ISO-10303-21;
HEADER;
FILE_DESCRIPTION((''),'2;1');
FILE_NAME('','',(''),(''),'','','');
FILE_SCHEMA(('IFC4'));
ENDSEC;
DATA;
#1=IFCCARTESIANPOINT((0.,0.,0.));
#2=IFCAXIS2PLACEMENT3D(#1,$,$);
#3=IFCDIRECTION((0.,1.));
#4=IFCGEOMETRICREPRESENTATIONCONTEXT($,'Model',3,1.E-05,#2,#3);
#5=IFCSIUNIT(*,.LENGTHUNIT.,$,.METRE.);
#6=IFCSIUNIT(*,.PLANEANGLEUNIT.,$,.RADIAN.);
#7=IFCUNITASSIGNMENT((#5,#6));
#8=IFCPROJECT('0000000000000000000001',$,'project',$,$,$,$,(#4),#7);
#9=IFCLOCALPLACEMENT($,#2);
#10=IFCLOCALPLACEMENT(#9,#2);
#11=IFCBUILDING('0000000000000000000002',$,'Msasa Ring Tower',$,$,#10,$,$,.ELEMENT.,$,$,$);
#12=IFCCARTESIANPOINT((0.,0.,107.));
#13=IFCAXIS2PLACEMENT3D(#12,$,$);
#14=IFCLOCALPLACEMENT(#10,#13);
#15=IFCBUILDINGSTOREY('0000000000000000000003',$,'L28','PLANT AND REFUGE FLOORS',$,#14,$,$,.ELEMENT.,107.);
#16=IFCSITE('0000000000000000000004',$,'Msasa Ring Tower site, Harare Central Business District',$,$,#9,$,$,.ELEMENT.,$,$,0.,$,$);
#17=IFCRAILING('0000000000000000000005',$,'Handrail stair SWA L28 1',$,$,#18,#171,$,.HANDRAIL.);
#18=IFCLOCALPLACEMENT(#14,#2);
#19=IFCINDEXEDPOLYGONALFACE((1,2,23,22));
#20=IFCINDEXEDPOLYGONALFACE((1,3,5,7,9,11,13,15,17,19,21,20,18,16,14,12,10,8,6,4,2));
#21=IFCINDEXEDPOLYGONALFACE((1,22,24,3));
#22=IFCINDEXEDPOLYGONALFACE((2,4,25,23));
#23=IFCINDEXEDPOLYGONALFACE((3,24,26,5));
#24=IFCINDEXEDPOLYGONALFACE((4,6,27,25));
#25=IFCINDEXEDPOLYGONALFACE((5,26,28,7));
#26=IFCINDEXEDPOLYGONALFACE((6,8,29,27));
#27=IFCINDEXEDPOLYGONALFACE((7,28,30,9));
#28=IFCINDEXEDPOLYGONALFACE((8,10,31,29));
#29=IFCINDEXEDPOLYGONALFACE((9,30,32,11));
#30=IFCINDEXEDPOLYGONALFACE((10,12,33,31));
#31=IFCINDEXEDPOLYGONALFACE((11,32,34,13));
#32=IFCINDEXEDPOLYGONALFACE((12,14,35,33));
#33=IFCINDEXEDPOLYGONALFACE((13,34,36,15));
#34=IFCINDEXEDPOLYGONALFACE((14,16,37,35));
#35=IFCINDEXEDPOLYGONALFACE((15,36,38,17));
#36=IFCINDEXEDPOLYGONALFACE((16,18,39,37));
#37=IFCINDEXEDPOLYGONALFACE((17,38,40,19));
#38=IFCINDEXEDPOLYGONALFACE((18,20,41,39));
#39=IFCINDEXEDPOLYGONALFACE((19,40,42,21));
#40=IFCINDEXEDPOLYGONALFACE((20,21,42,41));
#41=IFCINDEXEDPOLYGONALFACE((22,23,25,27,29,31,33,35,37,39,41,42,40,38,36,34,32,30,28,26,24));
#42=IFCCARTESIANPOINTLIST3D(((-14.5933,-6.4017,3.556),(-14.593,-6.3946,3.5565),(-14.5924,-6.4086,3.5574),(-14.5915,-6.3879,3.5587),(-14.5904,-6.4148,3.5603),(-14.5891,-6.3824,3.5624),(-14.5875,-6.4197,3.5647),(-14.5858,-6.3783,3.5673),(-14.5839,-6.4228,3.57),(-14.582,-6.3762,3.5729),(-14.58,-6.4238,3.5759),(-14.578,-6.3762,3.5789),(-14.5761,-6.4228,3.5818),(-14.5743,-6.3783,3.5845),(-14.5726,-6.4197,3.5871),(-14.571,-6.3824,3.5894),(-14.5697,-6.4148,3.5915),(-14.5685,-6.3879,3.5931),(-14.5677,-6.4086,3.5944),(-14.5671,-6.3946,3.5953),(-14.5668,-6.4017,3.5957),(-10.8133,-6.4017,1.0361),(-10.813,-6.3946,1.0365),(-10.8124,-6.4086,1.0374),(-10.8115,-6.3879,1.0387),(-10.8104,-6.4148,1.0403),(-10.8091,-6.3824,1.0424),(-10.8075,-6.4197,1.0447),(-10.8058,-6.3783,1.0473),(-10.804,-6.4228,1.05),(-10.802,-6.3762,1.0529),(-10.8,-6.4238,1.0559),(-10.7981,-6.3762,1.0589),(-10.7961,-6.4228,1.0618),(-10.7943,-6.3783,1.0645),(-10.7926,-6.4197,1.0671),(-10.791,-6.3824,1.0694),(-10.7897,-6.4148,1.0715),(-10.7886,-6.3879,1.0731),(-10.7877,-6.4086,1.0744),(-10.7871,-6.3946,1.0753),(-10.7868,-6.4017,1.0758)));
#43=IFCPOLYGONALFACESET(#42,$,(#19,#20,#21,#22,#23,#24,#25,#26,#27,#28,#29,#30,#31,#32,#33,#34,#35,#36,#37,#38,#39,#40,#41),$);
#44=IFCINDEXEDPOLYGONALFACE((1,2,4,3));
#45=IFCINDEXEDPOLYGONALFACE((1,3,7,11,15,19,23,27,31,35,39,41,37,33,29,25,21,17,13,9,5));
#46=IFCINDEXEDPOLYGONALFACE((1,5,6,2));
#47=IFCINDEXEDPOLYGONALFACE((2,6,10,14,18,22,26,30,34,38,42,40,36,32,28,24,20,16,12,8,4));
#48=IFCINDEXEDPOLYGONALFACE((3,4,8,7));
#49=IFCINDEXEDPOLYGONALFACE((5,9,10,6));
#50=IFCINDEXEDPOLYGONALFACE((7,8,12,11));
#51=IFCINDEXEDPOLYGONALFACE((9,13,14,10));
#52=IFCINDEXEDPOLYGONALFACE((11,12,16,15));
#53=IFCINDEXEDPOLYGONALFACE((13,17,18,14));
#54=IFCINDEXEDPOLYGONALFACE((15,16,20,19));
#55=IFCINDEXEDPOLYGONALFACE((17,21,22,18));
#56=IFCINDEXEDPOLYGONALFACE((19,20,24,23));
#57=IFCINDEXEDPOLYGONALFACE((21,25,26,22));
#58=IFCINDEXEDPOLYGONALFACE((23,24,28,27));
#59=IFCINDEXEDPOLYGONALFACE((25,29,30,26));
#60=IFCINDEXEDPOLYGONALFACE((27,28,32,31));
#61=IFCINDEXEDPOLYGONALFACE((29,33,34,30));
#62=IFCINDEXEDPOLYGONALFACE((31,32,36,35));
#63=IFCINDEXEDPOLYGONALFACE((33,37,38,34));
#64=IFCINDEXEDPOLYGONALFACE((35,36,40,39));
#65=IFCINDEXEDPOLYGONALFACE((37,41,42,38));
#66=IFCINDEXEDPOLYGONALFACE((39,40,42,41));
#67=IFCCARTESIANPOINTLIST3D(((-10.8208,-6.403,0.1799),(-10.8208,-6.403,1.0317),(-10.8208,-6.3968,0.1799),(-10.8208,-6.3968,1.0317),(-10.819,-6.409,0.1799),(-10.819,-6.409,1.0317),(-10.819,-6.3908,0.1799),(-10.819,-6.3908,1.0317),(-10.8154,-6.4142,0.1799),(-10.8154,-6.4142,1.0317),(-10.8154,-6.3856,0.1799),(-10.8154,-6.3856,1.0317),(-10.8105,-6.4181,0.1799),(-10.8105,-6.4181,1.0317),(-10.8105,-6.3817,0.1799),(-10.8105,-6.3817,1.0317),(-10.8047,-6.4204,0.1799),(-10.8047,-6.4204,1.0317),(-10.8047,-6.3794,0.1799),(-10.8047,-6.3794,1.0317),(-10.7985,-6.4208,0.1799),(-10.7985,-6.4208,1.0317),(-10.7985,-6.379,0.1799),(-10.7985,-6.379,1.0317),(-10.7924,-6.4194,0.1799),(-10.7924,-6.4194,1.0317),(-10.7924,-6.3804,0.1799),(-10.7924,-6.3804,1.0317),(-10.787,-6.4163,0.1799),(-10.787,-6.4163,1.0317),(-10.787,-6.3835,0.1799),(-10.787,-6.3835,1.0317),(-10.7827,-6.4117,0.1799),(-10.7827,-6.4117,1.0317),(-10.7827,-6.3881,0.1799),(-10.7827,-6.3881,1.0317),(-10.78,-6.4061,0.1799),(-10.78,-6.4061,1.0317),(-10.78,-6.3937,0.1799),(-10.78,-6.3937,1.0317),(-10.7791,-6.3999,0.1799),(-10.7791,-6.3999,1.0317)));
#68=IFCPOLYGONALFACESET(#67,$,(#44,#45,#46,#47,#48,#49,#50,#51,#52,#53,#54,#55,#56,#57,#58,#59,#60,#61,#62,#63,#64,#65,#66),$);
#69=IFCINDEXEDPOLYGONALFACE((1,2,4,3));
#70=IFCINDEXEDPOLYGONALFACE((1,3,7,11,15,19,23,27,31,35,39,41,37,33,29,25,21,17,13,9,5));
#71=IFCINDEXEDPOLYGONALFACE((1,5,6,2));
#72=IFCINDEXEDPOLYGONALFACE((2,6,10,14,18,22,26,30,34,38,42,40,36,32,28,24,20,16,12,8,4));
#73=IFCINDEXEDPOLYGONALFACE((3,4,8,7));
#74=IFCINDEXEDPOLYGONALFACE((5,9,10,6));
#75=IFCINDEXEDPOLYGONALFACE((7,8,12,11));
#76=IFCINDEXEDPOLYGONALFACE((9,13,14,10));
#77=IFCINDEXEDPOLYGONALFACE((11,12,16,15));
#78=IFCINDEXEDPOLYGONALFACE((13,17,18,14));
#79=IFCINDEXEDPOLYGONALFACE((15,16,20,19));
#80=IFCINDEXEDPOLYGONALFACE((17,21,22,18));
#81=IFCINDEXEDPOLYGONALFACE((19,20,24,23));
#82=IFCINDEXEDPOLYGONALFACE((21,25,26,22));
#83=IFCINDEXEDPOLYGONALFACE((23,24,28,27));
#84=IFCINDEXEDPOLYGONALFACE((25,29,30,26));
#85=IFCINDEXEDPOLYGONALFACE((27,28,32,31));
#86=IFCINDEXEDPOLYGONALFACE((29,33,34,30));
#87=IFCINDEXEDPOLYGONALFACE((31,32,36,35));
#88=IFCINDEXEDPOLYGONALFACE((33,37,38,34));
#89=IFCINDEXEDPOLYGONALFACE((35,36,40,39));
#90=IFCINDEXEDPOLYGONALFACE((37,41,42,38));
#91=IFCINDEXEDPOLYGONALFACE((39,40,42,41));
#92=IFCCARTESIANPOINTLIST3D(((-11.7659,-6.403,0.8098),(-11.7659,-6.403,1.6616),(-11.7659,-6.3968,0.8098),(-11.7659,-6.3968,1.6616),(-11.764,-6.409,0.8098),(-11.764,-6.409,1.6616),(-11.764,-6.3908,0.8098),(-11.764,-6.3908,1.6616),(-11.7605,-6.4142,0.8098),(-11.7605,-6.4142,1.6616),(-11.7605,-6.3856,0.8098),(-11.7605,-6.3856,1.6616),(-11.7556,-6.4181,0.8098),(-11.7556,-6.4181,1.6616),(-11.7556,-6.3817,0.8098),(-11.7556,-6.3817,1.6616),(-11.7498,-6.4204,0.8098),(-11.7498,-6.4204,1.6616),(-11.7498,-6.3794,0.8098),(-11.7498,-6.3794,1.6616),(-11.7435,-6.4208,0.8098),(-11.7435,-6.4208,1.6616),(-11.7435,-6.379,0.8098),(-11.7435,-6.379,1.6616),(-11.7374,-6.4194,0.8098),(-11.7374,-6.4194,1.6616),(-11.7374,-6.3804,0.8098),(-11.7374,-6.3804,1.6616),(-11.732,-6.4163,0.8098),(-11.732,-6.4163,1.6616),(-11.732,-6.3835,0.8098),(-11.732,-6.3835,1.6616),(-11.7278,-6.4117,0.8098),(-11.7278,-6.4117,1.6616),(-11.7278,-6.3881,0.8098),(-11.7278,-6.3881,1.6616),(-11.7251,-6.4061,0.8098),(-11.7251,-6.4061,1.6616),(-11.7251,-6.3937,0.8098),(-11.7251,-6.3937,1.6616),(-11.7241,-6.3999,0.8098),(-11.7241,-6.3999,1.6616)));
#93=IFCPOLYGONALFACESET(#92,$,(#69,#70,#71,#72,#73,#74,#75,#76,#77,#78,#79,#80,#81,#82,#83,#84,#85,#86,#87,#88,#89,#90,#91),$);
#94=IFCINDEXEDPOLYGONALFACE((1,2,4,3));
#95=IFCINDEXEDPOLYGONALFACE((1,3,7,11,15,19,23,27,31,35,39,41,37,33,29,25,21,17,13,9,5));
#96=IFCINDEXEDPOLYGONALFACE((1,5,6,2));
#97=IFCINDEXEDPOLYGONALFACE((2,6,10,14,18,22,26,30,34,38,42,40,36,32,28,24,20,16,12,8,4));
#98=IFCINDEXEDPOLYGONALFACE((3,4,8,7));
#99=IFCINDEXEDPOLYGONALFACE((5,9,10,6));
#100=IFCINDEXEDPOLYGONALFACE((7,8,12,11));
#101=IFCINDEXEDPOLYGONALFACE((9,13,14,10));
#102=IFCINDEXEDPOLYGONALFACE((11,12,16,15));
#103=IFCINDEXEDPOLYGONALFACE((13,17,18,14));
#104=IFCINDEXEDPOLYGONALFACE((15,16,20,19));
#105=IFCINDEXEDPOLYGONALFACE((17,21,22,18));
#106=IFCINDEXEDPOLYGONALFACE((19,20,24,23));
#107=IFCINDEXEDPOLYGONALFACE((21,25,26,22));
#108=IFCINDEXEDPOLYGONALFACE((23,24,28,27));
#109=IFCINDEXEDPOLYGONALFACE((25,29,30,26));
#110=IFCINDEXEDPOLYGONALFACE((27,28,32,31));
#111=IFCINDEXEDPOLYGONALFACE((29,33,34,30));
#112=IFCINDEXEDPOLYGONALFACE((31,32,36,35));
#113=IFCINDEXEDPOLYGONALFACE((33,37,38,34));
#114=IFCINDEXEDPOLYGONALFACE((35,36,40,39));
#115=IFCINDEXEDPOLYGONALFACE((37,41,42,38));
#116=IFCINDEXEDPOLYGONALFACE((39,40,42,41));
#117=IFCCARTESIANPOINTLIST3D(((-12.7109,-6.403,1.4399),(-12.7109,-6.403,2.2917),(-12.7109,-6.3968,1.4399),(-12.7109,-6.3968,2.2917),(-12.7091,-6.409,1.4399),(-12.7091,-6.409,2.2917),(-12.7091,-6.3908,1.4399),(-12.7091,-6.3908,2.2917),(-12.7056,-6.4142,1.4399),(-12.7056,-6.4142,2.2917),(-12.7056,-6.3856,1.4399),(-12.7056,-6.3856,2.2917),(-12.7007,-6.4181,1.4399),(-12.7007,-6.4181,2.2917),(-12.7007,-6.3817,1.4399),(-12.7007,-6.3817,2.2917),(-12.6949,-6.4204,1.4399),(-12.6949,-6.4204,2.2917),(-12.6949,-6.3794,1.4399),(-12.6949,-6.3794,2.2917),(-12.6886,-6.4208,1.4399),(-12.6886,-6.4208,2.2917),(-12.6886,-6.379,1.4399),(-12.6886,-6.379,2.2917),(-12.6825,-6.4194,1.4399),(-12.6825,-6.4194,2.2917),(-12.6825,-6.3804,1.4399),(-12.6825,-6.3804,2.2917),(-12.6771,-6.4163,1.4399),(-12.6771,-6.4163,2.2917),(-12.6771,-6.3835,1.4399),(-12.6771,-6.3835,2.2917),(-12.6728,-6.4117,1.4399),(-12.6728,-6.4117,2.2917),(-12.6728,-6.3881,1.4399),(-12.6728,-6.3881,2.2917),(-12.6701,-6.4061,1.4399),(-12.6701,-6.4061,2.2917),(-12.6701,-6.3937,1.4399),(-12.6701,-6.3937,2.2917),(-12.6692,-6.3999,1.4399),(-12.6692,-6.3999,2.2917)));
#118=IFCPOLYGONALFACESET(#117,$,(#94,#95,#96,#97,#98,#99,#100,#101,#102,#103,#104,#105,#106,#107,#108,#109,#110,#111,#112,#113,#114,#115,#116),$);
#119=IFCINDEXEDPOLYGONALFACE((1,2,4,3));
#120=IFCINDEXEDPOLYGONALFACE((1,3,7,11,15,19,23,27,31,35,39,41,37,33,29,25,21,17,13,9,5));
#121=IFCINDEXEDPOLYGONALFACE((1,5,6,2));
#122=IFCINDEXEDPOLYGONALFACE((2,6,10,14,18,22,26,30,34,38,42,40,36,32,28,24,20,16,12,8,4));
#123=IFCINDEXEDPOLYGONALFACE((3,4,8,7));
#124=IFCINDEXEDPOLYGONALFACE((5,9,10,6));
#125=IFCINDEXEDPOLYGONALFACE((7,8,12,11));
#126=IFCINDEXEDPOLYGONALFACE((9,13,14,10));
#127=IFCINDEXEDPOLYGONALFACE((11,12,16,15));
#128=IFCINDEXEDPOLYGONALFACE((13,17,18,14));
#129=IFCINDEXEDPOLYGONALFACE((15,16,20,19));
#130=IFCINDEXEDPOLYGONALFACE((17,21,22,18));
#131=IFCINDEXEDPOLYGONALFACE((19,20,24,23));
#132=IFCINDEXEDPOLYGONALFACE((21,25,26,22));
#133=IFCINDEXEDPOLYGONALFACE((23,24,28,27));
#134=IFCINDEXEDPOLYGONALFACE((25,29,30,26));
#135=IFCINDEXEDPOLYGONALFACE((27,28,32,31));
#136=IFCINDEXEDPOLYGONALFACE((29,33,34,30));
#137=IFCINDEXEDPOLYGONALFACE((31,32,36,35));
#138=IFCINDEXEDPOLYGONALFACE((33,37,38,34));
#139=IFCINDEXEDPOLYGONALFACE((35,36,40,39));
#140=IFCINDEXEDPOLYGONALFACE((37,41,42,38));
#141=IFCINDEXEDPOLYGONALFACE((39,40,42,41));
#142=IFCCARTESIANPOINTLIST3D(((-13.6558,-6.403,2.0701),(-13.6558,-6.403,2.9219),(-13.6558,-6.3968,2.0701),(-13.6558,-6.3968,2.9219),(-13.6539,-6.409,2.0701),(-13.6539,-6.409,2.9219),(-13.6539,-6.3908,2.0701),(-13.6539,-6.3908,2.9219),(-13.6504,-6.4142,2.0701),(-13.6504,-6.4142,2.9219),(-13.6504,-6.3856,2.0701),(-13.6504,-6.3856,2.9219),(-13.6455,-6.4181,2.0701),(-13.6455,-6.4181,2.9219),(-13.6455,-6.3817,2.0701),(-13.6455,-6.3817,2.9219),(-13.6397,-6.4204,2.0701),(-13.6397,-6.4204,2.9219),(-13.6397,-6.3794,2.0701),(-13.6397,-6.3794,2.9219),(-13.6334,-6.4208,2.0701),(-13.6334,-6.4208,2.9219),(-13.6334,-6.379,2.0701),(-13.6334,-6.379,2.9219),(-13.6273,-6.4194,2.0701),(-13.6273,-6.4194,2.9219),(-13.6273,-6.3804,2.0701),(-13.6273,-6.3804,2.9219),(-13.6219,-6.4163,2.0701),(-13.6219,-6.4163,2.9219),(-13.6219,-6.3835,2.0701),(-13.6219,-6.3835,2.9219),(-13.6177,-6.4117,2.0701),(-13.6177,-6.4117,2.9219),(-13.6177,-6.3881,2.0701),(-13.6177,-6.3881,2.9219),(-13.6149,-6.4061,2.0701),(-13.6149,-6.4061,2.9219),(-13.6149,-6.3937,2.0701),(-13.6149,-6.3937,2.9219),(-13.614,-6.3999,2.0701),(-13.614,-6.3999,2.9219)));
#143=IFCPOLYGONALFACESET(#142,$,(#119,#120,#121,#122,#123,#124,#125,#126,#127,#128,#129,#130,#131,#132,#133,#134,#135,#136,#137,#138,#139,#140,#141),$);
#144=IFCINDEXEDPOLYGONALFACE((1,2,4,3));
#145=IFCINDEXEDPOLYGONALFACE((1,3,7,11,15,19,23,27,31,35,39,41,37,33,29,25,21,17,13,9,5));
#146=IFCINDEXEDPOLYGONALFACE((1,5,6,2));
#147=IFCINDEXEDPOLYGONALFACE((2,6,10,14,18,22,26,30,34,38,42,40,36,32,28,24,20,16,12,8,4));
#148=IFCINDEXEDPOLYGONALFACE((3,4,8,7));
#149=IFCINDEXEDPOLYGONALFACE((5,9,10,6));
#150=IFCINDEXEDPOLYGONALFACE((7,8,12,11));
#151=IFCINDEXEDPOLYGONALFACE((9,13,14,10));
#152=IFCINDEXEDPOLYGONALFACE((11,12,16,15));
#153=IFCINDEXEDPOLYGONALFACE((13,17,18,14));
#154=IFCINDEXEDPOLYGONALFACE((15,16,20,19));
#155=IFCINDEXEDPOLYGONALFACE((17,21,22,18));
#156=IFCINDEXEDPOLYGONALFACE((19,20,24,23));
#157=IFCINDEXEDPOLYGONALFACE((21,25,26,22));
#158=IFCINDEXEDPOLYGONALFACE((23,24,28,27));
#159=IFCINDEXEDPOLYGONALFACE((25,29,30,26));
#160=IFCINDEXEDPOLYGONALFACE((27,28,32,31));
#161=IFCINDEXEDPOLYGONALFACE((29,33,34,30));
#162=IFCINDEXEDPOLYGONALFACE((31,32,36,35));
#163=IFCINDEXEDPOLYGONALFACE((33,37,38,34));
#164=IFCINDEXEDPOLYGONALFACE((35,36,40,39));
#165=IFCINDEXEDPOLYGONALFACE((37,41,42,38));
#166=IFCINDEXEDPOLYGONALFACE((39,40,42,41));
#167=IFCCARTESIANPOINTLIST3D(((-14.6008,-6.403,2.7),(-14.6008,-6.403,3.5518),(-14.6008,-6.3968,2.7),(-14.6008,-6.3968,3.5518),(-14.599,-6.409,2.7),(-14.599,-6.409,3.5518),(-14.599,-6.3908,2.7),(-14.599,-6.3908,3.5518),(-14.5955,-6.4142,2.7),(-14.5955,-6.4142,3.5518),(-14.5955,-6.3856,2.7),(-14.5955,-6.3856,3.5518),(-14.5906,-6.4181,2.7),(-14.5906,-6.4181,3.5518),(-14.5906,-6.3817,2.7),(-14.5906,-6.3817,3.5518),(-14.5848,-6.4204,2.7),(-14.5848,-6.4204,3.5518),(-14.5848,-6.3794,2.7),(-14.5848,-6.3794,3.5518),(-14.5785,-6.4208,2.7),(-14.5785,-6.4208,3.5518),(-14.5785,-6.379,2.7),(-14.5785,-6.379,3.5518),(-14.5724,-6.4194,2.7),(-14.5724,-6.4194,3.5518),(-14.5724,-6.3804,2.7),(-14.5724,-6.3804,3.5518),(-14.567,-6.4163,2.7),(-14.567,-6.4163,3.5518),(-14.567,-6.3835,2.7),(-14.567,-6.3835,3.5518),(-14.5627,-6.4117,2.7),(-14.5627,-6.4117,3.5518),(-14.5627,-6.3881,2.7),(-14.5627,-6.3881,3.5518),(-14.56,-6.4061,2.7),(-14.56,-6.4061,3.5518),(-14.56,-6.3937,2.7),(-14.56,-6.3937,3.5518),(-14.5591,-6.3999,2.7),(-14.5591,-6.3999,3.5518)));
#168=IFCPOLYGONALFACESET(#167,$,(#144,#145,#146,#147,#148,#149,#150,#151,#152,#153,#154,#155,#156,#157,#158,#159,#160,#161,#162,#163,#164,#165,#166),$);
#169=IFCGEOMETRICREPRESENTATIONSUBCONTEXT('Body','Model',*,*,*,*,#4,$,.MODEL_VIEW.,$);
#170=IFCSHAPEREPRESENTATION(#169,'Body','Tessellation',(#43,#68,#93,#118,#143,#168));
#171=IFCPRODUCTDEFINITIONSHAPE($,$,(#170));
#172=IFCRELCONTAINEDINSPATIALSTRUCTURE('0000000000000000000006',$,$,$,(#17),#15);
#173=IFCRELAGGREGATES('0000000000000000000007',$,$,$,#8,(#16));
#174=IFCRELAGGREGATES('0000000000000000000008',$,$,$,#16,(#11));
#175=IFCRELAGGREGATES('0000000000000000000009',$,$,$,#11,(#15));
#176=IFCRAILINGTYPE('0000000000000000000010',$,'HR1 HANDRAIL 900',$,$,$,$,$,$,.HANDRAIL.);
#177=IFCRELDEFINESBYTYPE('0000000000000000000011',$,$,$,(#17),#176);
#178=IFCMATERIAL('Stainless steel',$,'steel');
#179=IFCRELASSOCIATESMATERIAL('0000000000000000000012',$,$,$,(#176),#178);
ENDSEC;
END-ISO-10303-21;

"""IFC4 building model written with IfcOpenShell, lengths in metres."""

from ifc_helpers import new_model, si_unit, direction, frame, origin, origin_2d, place, context, subcontext, project, spatial, circle, extrude, material, type_object, element, save


model = new_model("IFC4")

# Units and contexts
model_context = context("Model", 3, precision=1e-05, world=origin(), true_north=direction((0.0, 1.0)))
body_context = subcontext(model_context, "Body", "Model", "MODEL_VIEW")
ifc_project = project(units=[si_unit("LENGTHUNIT", "METRE"), si_unit("PLANEANGLEUNIT", "RADIAN")], contexts=[model_context])

# Site, building, storey
site_placement = place(None, origin())
site = spatial("IfcSite", under=ifc_project, at=site_placement, Name="Msasa Ring Tower site, Harare Central Business District", CompositionType="ELEMENT", RefElevation=0.0)
building_placement = place(site_placement, origin())
building = spatial("IfcBuilding", under=site, at=building_placement, Name="Msasa Ring Tower", CompositionType="ELEMENT")
storey_placement = place(building_placement, frame((0.0, 0.0, 107.0)))
storey = spatial("IfcBuildingStorey", under=building, at=storey_placement, Name="L28", Description="PLANT AND REFUGE FLOORS", CompositionType="ELEMENT", Elevation=107.0)

# Railing
ifc_material_1 = material(Name="Stainless steel", Category="steel")
railing_type_1 = type_object("IfcRailingType", Name="HR1 HANDRAIL 900", PredefinedType="HANDRAIL", material=ifc_material_1)
for number, where, name in (
    (1, (-10.8, -6.3999, 0.1799), "Handrail stair SWA L28 1"),
):
    element("IfcRailing", number, at=place(storey_placement, frame(where)), inside=storey, type_object=railing_type_1, Name=name, PredefinedType="HANDRAIL", context=body_context, shape_type="SweptSolid", body=[
        extrude(circle(Radius=0.0239, at=origin_2d()), frame((0.0, 0.0, 0.876), z_axis=(-0.83205, 0.0, 0.5547), x_axis=(0.0, -1.0, 0.0)), (0.0, 0.0, 1.0), 4.543),
        extrude(circle(Radius=0.021, at=origin_2d()), origin(), (0.0, 0.0, 1.0), 0.8518),
        extrude(circle(Radius=0.021, at=origin_2d()), frame((-0.9451, 0.0, 0.6299)), (0.0, 0.0, 1.0), 0.8518),
        extrude(circle(Radius=0.021, at=origin_2d()), frame((-1.8901, 0.0, 1.26)), (0.0, 0.0, 1.0), 0.8518),
        extrude(circle(Radius=0.021, at=origin_2d()), frame((-2.835, 0.0, 1.8901)), (0.0, 0.0, 1.0), 0.8518),
        extrude(circle(Radius=0.021, at=origin_2d()), frame((-3.78, 0.0, 2.52)), (0.0, 0.0, 1.0), 0.8518),
    ])

save(model, "model.ifc")
